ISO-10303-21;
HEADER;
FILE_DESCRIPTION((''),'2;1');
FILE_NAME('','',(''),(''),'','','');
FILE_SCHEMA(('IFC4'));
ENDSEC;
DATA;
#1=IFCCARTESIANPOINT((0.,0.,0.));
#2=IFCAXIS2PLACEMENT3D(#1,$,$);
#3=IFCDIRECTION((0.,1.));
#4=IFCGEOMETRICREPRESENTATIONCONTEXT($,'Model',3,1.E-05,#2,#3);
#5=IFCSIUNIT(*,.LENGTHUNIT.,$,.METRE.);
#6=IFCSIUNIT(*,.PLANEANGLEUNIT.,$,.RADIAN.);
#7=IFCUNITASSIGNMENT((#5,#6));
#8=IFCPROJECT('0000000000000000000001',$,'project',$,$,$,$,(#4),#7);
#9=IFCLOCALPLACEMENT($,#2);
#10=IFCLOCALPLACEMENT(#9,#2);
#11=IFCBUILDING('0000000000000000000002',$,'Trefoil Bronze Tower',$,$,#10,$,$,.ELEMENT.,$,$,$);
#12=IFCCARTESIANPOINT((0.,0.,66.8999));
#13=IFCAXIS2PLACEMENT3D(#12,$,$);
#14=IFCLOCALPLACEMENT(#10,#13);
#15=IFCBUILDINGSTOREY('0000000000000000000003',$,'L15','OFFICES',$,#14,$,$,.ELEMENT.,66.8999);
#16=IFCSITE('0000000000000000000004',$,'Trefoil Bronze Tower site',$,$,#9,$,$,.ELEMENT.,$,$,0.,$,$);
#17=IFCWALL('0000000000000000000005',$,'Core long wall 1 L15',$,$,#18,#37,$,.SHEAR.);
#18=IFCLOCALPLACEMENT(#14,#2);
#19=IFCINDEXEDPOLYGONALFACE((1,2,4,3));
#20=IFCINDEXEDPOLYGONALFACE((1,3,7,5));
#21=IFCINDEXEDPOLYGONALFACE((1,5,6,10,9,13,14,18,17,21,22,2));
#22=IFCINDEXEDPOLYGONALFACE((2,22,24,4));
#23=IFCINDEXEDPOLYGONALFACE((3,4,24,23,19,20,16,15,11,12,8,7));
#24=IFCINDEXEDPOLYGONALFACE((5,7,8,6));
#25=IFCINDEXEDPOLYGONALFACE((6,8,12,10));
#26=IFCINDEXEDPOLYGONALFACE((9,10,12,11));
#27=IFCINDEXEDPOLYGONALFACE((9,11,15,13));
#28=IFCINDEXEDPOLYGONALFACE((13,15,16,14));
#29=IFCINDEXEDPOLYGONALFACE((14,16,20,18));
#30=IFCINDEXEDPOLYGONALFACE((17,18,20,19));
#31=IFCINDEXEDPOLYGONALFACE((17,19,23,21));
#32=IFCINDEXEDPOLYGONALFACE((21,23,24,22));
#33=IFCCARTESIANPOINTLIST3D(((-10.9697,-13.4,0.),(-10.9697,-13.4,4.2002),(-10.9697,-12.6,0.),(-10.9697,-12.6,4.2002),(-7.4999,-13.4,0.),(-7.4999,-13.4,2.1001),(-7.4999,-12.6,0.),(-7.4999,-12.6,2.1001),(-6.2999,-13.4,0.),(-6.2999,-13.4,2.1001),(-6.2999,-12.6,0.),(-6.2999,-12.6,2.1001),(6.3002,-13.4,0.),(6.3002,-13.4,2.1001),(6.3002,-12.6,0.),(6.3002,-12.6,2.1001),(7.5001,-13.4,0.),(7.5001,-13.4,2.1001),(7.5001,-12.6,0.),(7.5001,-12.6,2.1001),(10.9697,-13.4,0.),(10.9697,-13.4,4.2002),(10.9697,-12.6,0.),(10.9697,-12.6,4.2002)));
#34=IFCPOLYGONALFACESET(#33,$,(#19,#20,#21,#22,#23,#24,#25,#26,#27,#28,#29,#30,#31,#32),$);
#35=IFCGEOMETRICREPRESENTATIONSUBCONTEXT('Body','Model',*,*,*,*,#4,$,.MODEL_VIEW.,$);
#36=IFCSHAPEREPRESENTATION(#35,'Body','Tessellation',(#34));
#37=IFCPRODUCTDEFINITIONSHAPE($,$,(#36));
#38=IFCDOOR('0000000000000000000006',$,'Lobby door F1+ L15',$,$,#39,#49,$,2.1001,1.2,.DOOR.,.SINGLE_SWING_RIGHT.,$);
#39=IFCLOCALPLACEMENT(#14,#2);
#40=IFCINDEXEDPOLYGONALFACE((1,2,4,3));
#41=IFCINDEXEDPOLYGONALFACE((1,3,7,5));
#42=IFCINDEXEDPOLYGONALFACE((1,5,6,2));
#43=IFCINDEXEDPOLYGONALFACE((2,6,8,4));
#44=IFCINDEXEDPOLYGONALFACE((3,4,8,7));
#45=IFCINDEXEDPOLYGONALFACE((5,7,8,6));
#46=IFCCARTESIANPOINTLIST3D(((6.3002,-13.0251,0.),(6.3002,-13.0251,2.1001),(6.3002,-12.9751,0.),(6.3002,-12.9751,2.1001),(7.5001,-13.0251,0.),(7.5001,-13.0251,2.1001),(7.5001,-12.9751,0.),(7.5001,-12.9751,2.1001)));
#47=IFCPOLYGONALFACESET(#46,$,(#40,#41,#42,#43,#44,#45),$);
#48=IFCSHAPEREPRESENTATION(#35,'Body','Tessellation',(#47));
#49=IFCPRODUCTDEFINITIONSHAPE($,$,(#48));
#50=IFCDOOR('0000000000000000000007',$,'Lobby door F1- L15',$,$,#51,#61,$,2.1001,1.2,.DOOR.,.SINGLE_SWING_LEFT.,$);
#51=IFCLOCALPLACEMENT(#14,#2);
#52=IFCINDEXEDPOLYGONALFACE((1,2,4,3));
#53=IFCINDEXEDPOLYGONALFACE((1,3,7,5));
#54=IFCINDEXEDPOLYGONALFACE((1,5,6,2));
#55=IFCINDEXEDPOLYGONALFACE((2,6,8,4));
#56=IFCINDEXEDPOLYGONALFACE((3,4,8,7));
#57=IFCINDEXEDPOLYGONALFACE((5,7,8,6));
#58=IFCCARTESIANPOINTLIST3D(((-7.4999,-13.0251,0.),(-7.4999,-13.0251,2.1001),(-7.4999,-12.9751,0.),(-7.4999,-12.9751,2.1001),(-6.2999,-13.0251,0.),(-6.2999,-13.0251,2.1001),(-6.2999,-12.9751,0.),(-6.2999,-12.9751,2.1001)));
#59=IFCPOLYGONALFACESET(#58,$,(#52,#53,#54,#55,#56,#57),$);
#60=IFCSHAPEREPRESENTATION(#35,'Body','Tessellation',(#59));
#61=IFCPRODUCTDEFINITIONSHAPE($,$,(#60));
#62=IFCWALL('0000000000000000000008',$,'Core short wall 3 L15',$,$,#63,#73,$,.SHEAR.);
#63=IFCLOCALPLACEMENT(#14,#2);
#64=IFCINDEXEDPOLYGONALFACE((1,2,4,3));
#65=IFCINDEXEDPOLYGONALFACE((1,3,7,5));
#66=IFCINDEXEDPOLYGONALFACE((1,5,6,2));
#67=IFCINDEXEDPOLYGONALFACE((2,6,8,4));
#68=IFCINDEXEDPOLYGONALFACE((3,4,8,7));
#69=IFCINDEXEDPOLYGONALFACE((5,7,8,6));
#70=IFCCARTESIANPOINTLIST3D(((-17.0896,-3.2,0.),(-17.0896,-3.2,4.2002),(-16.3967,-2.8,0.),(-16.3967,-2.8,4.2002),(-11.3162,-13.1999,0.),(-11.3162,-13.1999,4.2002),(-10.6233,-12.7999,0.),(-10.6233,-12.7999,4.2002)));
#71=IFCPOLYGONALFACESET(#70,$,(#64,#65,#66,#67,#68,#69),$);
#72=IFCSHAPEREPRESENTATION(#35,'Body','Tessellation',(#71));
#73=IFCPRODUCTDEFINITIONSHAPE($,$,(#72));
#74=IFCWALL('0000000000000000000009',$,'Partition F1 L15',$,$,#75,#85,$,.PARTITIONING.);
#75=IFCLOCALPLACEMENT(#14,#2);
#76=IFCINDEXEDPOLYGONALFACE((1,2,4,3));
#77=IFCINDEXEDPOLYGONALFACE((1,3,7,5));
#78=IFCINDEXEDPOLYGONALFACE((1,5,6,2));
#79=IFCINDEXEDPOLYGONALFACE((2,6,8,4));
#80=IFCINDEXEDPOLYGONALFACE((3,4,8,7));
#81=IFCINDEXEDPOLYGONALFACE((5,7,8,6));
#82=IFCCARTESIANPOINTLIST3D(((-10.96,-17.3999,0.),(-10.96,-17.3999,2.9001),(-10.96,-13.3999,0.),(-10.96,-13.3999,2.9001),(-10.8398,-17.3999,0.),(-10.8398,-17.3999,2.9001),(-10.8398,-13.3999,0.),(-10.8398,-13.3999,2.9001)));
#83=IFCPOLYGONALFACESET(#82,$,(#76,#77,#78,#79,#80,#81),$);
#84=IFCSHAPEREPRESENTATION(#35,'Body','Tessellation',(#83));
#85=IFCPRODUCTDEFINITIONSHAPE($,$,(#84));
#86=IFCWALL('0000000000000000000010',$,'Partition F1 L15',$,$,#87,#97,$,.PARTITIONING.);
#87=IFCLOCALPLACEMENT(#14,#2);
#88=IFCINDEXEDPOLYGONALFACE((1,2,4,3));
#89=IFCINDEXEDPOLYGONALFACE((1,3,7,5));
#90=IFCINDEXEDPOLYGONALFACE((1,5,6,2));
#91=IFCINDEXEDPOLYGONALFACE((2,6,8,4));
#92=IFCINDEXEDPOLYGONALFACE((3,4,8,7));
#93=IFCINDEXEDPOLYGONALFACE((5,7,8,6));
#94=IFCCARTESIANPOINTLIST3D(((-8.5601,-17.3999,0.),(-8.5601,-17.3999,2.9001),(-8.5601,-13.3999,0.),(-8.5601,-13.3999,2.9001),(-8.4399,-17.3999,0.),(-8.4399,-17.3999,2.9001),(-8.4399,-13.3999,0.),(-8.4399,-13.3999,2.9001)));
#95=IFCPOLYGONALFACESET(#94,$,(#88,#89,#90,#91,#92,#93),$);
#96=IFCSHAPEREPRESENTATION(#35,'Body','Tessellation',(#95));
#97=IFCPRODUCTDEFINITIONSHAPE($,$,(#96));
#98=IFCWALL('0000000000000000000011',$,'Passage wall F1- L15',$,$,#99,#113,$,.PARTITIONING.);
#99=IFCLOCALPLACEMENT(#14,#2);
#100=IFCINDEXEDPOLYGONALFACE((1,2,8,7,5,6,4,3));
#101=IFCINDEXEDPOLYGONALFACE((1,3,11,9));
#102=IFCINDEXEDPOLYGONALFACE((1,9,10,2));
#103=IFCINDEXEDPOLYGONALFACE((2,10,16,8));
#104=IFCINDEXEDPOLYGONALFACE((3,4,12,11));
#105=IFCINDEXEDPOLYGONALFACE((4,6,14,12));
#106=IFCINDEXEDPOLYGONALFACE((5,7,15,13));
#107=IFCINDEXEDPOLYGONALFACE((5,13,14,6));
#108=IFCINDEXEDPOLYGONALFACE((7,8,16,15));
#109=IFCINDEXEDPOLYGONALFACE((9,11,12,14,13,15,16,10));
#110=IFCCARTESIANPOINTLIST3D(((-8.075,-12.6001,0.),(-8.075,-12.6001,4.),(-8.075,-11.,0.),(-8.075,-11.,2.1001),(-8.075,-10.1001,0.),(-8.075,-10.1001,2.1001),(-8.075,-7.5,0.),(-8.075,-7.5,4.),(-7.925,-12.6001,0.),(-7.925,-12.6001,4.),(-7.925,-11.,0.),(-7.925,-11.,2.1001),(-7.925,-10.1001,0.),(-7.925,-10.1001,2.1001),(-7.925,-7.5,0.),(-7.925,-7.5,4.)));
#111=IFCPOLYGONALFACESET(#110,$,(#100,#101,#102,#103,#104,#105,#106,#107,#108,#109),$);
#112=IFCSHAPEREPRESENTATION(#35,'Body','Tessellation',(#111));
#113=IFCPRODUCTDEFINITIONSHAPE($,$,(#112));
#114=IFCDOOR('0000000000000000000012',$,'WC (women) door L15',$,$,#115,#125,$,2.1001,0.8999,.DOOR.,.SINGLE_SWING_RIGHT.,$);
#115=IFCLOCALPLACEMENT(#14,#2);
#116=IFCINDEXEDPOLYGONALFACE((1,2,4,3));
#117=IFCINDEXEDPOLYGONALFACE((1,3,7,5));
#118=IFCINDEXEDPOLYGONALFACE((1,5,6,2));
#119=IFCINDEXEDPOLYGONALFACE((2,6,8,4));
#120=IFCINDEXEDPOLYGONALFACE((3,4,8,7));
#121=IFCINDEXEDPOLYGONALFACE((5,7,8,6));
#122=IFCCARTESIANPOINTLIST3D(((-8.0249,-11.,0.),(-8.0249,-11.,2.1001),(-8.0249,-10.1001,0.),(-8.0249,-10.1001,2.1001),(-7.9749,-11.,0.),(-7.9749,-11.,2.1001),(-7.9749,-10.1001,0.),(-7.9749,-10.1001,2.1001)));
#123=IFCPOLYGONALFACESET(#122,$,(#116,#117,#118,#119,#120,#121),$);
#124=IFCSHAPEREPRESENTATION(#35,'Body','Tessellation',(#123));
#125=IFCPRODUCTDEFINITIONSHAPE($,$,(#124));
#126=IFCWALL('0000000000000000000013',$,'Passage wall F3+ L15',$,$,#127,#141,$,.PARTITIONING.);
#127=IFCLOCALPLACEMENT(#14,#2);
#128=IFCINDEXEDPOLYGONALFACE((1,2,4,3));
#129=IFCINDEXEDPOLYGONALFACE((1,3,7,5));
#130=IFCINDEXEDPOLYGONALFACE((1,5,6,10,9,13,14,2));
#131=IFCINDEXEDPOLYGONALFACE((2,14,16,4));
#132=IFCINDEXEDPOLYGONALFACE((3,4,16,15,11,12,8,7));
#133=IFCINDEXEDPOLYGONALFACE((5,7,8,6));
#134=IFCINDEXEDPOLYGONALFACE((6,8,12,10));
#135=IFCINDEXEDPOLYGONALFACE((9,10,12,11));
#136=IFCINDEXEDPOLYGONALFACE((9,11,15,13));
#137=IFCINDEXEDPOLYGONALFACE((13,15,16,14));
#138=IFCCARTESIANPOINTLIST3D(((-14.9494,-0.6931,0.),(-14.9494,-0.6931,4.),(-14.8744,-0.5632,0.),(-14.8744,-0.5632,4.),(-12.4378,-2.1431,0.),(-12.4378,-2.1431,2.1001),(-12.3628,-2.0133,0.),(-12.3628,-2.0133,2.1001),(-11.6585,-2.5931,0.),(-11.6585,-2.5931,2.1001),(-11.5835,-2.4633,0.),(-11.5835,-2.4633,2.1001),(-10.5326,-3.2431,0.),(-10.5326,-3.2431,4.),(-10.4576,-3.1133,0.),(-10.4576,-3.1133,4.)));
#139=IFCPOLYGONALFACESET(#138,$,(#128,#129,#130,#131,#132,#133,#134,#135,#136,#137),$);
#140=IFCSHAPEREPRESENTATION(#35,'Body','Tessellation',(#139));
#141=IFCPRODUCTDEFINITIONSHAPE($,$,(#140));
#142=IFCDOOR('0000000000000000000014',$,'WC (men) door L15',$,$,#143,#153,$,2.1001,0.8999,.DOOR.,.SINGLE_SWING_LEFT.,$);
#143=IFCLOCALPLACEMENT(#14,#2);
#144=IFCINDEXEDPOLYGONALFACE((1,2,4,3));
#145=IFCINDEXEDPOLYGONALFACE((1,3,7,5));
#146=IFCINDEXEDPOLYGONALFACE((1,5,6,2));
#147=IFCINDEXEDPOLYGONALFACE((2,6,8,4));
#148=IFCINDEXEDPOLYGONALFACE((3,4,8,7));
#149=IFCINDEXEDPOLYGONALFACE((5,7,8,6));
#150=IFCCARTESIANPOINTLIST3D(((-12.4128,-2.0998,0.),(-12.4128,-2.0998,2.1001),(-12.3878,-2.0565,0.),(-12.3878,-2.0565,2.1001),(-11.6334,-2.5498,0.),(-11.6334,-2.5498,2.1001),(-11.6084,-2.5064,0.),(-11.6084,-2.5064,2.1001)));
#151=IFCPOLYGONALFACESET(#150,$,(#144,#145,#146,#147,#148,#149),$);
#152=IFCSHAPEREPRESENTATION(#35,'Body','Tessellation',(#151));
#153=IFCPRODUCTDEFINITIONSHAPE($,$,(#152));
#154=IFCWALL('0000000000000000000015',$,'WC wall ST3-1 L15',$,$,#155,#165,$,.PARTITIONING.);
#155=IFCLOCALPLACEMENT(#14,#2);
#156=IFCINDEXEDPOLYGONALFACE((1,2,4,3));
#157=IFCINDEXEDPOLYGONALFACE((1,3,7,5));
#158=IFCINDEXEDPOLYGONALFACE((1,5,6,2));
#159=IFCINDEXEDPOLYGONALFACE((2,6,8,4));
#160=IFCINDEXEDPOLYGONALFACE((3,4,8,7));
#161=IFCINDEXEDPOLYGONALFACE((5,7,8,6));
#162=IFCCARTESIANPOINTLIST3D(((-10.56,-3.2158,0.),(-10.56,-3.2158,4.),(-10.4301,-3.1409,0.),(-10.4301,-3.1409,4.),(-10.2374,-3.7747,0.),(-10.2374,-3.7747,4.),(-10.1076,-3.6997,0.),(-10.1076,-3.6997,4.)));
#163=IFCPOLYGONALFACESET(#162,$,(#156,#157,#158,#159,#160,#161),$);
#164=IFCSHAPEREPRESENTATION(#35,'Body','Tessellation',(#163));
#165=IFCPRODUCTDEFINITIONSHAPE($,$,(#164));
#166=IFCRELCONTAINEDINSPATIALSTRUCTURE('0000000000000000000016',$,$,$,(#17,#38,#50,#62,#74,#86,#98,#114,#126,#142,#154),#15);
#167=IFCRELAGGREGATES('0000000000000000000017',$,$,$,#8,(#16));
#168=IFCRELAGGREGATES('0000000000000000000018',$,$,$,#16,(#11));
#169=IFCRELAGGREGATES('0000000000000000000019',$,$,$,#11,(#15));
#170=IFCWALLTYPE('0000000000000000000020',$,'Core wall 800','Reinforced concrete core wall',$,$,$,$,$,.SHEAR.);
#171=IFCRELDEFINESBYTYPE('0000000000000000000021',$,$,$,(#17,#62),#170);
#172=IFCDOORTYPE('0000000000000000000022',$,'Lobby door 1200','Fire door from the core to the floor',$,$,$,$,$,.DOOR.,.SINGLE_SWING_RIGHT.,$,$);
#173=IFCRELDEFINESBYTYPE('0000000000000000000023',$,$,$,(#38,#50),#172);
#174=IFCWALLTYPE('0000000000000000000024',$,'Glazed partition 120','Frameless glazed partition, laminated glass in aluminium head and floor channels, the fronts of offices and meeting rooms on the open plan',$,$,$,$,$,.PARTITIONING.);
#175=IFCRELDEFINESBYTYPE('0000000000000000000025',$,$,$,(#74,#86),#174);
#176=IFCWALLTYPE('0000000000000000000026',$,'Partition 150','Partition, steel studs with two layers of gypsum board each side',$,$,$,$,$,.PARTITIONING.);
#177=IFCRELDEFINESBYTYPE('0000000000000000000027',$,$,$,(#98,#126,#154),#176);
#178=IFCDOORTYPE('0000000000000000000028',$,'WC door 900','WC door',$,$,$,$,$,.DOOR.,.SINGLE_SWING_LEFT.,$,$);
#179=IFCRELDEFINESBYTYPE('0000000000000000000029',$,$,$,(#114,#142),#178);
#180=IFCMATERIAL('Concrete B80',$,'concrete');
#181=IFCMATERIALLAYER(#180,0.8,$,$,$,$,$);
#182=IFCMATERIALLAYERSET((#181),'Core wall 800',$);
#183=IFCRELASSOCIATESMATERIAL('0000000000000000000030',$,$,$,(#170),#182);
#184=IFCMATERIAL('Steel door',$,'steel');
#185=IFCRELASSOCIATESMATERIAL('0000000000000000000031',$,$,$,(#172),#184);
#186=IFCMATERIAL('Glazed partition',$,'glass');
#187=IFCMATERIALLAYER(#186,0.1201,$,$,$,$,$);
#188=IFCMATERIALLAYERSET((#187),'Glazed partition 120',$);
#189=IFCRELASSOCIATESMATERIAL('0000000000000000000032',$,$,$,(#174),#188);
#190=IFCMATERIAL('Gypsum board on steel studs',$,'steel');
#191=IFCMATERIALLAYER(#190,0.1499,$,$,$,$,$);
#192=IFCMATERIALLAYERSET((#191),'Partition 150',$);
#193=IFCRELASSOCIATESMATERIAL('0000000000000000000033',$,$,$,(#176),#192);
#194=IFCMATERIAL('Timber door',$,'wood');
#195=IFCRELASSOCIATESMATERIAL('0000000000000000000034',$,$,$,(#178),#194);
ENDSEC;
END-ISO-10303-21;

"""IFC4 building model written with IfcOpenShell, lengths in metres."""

from ifc_helpers import new_model, si_unit, direction, frame, frame_2d, origin, place, context, subcontext, project, spatial, rectangle, extrude, material, layer, layer_set, type_object, element, fill, save


model = new_model("IFC4")

# Units and contexts
model_context = context("Model", 3, precision=1e-05, world=origin(), true_north=direction((0.0, 1.0)))
body_context = subcontext(model_context, "Body", "Model", "MODEL_VIEW")
ifc_project = project(units=[si_unit("LENGTHUNIT", "METRE"), si_unit("PLANEANGLEUNIT", "RADIAN")], contexts=[model_context])

# Site, building, storey
site_placement = place(None, origin())
site = spatial("IfcSite", under=ifc_project, at=site_placement, Name="Trefoil Bronze Tower site", CompositionType="ELEMENT", RefElevation=0.0)
building_placement = place(site_placement, origin())
building = spatial("IfcBuilding", under=site, at=building_placement, Name="Trefoil Bronze Tower", CompositionType="ELEMENT")
storey_placement = place(building_placement, frame((0.0, 0.0, 66.8999)))
storey = spatial("IfcBuildingStorey", under=building, at=storey_placement, Name="L15", Description="OFFICES", CompositionType="ELEMENT", Elevation=66.8999)

# Wall, openings, doors
ifc_material_1 = material(Name="Concrete B80", Category="concrete")
ifc_layer_1 = layer(ifc_material_1, 0.8)
ifc_layer_set_1 = layer_set([ifc_layer_1], Name="Core wall 800")
wall_type_1 = type_object("IfcWallType", Name="Core wall 800", Description="Reinforced concrete core wall", PredefinedType="SHEAR", material=ifc_layer_set_1)
wall_1_placement = place(storey_placement, frame((-10.9697, -13.0, 0.0), z_axis=(0.0, 0.0, 1.0), x_axis=(1.0, 0.0, 0.0)))
wall_1 = element("IfcWall", 1, at=wall_1_placement, inside=storey, type_object=wall_type_1, Name="Core long wall 1 L15", PredefinedType="SHEAR", context=body_context, shape_type="SweptSolid", body=[
    extrude(rectangle(XDim=21.9395, YDim=0.8, at=frame_2d((10.9697, 0.0))), origin(), (0.0, 0.0, 1.0), 4.2002),
])
opening_1_placement = place(wall_1_placement, frame((17.2698, 0.0, 0.0)))
opening_1 = element("IfcOpeningElement", 2, at=opening_1_placement, cuts=wall_1, PredefinedType="OPENING", context=body_context, shape_type="SweptSolid", body=[
    extrude(rectangle(XDim=1.2, YDim=2.1001, at=frame_2d((0.6001, 1.05))), frame((0.0, 0.4099, 0.0), z_axis=(0.0, -1.0, 0.0), x_axis=(1.0, 0.0, 0.0)), (0.0, 0.0, 1.0), 0.8201),
])
opening_2_placement = place(wall_1_placement, frame((3.4697, 0.0, 0.0)))
opening_2 = element("IfcOpeningElement", 3, at=opening_2_placement, cuts=wall_1, PredefinedType="OPENING", context=body_context, shape_type="SweptSolid", body=[
    extrude(rectangle(XDim=1.2, YDim=2.1001, at=frame_2d((0.6001, 1.05))), frame((0.0, 0.4099, 0.0), z_axis=(0.0, -1.0, 0.0), x_axis=(1.0, 0.0, 0.0)), (0.0, 0.0, 1.0), 0.8201),
])
ifc_material_2 = material(Name="Steel door", Category="steel")
door_type_1 = type_object("IfcDoorType", Name="Lobby door 1200", Description="Fire door from the core to the floor", OperationType="SINGLE_SWING_RIGHT", PredefinedType="DOOR", material=ifc_material_2)
door_1_placement = place(opening_1_placement, origin())
door_1 = element("IfcDoor", 4, at=door_1_placement, inside=storey, type_object=door_type_1, Name="Lobby door F1+ L15", OperationType="SINGLE_SWING_RIGHT", OverallHeight=2.1001, OverallWidth=1.2, PredefinedType="DOOR", context=body_context, shape_type="SweptSolid", body=[
    extrude(rectangle(XDim=1.2, YDim=2.1001, at=frame_2d((0.6001, 1.05))), frame((0.0, 0.0249, 0.0), z_axis=(0.0, -1.0, 0.0), x_axis=(1.0, 0.0, 0.0)), (0.0, 0.0, 1.0), 0.05),
])
fill(opening_1, door_1)
door_2_placement = place(opening_2_placement, origin())
door_2 = element("IfcDoor", 5, at=door_2_placement, inside=storey, type_object=door_type_1, Name="Lobby door F1- L15", OperationType="SINGLE_SWING_LEFT", OverallHeight=2.1001, OverallWidth=1.2, PredefinedType="DOOR", context=body_context, shape_type="SweptSolid", body=[
    extrude(rectangle(XDim=1.2, YDim=2.1001, at=frame_2d((0.6001, 1.05))), frame((0.0, 0.0249, 0.0), z_axis=(0.0, -1.0, 0.0), x_axis=(1.0, 0.0, 0.0)), (0.0, 0.0, 1.0), 0.05),
])
fill(opening_2, door_2)

# Walls
wall_2_placement = place(storey_placement, frame((-16.7432, -3.0, 0.0), z_axis=(0.0, 0.0, 1.0), x_axis=(0.499996, -0.866028, 0.0)))
element("IfcWall", 6, at=wall_2_placement, inside=storey, type_object=wall_type_1, Name="Core short wall 3 L15", PredefinedType="SHEAR", context=body_context, shape_type="SweptSolid", body=[
    extrude(rectangle(XDim=11.5469, YDim=0.8, at=frame_2d((5.7734, 0.0))), origin(), (0.0, 0.0, 1.0), 4.2002),
])
ifc_material_3 = material(Name="Glazed partition", Category="glass")
ifc_layer_2 = layer(ifc_material_3, 0.1201)
ifc_layer_set_2 = layer_set([ifc_layer_2], Name="Glazed partition 120")
wall_type_2 = type_object("IfcWallType", Name="Glazed partition 120", Description="Frameless glazed partition, laminated glass in aluminium head and floor channels, the fronts of offices and meeting rooms on the open plan", PredefinedType="PARTITIONING", material=ifc_layer_set_2)
for number, where, z_axis, x_axis, name in (
    (7, (-10.8999, -13.3999, 0.0), (0.0, 0.0, 1.0), (0.0, -1.0, 0.0), "Partition F1 L15"),
    (8, (-8.5, -13.3999, 0.0), (0.0, 0.0, 1.0), (0.0, -1.0, 0.0), "Partition F1 L15"),
):
    element("IfcWall", number, at=place(storey_placement, frame(where, z_axis=z_axis, x_axis=x_axis)), inside=storey, type_object=wall_type_2, Name=name, PredefinedType="PARTITIONING", context=body_context, shape_type="SweptSolid", body=[
        extrude(rectangle(XDim=4.0, YDim=0.1201, at=frame_2d((2.0, 0.0))), origin(), (0.0, 0.0, 1.0), 2.9001),
    ])

# Walls, openings, doors
ifc_material_4 = material(Name="Gypsum board on steel studs", Category="steel")
ifc_layer_3 = layer(ifc_material_4, 0.1499)
ifc_layer_set_3 = layer_set([ifc_layer_3], Name="Partition 150")
wall_type_3 = type_object("IfcWallType", Name="Partition 150", Description="Partition, steel studs with two layers of gypsum board each side", PredefinedType="PARTITIONING", material=ifc_layer_set_3)
wall_3_placement = place(storey_placement, frame((-8.0, -7.5, 0.0), z_axis=(0.0, 0.0, 1.0), x_axis=(0.0, -1.0, 0.0)))
wall_3 = element("IfcWall", 9, at=wall_3_placement, inside=storey, type_object=wall_type_3, Name="Passage wall F1- L15", PredefinedType="PARTITIONING", context=body_context, shape_type="SweptSolid", body=[
    extrude(rectangle(XDim=5.1001, YDim=0.1499, at=frame_2d((2.55, 0.0))), origin(), (0.0, 0.0, 1.0), 4.0),
])
opening_3_placement = place(wall_3_placement, frame((2.6001, 0.0, 0.0)))
opening_3 = element("IfcOpeningElement", 10, at=opening_3_placement, cuts=wall_3, PredefinedType="OPENING", context=body_context, shape_type="SweptSolid", body=[
    extrude(rectangle(XDim=0.8999, YDim=2.1001, at=frame_2d((0.45, 1.05))), frame((0.0, 0.085, 0.0), z_axis=(0.0, -1.0, 0.0), x_axis=(1.0, 0.0, 0.0)), (0.0, 0.0, 1.0), 0.1699),
])
ifc_material_5 = material(Name="Timber door", Category="wood")
door_type_2 = type_object("IfcDoorType", Name="WC door 900", Description="WC door", OperationType="SINGLE_SWING_LEFT", PredefinedType="DOOR", material=ifc_material_5)
door_3_placement = place(opening_3_placement, frame((0.8999, 0.0, 0.0), z_axis=(0.0, 0.0, 1.0), x_axis=(-1.0, 0.0, 0.0)))
door_3 = element("IfcDoor", 11, at=door_3_placement, inside=storey, type_object=door_type_2, Name="WC (women) door L15", OperationType="SINGLE_SWING_RIGHT", OverallHeight=2.1001, OverallWidth=0.8999, PredefinedType="DOOR", context=body_context, shape_type="SweptSolid", body=[
    extrude(rectangle(XDim=0.8999, YDim=2.1001, at=frame_2d((0.45, 1.05))), frame((0.0, 0.0249, 0.0), z_axis=(0.0, -1.0, 0.0), x_axis=(1.0, 0.0, 0.0)), (0.0, 0.0, 1.0), 0.05),
])
fill(opening_3, door_3)
wall_4_placement = place(storey_placement, frame((-10.4951, -3.1782, 0.0), z_axis=(0.0, 0.0, 1.0), x_axis=(-0.866022, 0.500006, 0.0)))
wall_4 = element("IfcWall", 12, at=wall_4_placement, inside=storey, type_object=wall_type_3, Name="Passage wall F3+ L15", PredefinedType="PARTITIONING", context=body_context, shape_type="SweptSolid", body=[
    extrude(rectangle(XDim=5.1001, YDim=0.1499, at=frame_2d((2.55, 0.0))), origin(), (0.0, 0.0, 1.0), 4.0),
])
opening_4_placement = place(wall_4_placement, frame((1.3, 0.0, 0.0)))
opening_4 = element("IfcOpeningElement", 13, at=opening_4_placement, cuts=wall_4, PredefinedType="OPENING", context=body_context, shape_type="SweptSolid", body=[
    extrude(rectangle(XDim=0.8999, YDim=2.1001, at=frame_2d((0.45, 1.05))), frame((0.0, 0.085, 0.0), z_axis=(0.0, -1.0, 0.0), x_axis=(1.0, 0.0, 0.0)), (0.0, 0.0, 1.0), 0.1699),
])
door_4_placement = place(opening_4_placement, origin())
door_4 = element("IfcDoor", 14, at=door_4_placement, inside=storey, type_object=door_type_2, Name="WC (men) door L15", OperationType="SINGLE_SWING_LEFT", OverallHeight=2.1001, OverallWidth=0.8999, PredefinedType="DOOR", context=body_context, shape_type="SweptSolid", body=[
    extrude(rectangle(XDim=0.8999, YDim=2.1001, at=frame_2d((0.45, 1.05))), frame((0.0, 0.0249, 0.0), z_axis=(0.0, -1.0, 0.0), x_axis=(1.0, 0.0, 0.0)), (0.0, 0.0, 1.0), 0.05),
])
fill(opening_4, door_4)

# Wall
wall_5_placement = place(storey_placement, frame((-10.4951, -3.1782, 0.0), z_axis=(0.0, 0.0, 1.0), x_axis=(0.499843, -0.866116, 0.0)))
element("IfcWall", 15, at=wall_5_placement, inside=storey, type_object=wall_type_3, Name="WC wall ST3-1 L15", PredefinedType="PARTITIONING", context=body_context, shape_type="SweptSolid", body=[
    extrude(rectangle(XDim=0.6453, YDim=0.1499, at=frame_2d((0.3228, 0.0))), origin(), (0.0, 0.0, 1.0), 4.0),
])

save(model, "model.ifc")
